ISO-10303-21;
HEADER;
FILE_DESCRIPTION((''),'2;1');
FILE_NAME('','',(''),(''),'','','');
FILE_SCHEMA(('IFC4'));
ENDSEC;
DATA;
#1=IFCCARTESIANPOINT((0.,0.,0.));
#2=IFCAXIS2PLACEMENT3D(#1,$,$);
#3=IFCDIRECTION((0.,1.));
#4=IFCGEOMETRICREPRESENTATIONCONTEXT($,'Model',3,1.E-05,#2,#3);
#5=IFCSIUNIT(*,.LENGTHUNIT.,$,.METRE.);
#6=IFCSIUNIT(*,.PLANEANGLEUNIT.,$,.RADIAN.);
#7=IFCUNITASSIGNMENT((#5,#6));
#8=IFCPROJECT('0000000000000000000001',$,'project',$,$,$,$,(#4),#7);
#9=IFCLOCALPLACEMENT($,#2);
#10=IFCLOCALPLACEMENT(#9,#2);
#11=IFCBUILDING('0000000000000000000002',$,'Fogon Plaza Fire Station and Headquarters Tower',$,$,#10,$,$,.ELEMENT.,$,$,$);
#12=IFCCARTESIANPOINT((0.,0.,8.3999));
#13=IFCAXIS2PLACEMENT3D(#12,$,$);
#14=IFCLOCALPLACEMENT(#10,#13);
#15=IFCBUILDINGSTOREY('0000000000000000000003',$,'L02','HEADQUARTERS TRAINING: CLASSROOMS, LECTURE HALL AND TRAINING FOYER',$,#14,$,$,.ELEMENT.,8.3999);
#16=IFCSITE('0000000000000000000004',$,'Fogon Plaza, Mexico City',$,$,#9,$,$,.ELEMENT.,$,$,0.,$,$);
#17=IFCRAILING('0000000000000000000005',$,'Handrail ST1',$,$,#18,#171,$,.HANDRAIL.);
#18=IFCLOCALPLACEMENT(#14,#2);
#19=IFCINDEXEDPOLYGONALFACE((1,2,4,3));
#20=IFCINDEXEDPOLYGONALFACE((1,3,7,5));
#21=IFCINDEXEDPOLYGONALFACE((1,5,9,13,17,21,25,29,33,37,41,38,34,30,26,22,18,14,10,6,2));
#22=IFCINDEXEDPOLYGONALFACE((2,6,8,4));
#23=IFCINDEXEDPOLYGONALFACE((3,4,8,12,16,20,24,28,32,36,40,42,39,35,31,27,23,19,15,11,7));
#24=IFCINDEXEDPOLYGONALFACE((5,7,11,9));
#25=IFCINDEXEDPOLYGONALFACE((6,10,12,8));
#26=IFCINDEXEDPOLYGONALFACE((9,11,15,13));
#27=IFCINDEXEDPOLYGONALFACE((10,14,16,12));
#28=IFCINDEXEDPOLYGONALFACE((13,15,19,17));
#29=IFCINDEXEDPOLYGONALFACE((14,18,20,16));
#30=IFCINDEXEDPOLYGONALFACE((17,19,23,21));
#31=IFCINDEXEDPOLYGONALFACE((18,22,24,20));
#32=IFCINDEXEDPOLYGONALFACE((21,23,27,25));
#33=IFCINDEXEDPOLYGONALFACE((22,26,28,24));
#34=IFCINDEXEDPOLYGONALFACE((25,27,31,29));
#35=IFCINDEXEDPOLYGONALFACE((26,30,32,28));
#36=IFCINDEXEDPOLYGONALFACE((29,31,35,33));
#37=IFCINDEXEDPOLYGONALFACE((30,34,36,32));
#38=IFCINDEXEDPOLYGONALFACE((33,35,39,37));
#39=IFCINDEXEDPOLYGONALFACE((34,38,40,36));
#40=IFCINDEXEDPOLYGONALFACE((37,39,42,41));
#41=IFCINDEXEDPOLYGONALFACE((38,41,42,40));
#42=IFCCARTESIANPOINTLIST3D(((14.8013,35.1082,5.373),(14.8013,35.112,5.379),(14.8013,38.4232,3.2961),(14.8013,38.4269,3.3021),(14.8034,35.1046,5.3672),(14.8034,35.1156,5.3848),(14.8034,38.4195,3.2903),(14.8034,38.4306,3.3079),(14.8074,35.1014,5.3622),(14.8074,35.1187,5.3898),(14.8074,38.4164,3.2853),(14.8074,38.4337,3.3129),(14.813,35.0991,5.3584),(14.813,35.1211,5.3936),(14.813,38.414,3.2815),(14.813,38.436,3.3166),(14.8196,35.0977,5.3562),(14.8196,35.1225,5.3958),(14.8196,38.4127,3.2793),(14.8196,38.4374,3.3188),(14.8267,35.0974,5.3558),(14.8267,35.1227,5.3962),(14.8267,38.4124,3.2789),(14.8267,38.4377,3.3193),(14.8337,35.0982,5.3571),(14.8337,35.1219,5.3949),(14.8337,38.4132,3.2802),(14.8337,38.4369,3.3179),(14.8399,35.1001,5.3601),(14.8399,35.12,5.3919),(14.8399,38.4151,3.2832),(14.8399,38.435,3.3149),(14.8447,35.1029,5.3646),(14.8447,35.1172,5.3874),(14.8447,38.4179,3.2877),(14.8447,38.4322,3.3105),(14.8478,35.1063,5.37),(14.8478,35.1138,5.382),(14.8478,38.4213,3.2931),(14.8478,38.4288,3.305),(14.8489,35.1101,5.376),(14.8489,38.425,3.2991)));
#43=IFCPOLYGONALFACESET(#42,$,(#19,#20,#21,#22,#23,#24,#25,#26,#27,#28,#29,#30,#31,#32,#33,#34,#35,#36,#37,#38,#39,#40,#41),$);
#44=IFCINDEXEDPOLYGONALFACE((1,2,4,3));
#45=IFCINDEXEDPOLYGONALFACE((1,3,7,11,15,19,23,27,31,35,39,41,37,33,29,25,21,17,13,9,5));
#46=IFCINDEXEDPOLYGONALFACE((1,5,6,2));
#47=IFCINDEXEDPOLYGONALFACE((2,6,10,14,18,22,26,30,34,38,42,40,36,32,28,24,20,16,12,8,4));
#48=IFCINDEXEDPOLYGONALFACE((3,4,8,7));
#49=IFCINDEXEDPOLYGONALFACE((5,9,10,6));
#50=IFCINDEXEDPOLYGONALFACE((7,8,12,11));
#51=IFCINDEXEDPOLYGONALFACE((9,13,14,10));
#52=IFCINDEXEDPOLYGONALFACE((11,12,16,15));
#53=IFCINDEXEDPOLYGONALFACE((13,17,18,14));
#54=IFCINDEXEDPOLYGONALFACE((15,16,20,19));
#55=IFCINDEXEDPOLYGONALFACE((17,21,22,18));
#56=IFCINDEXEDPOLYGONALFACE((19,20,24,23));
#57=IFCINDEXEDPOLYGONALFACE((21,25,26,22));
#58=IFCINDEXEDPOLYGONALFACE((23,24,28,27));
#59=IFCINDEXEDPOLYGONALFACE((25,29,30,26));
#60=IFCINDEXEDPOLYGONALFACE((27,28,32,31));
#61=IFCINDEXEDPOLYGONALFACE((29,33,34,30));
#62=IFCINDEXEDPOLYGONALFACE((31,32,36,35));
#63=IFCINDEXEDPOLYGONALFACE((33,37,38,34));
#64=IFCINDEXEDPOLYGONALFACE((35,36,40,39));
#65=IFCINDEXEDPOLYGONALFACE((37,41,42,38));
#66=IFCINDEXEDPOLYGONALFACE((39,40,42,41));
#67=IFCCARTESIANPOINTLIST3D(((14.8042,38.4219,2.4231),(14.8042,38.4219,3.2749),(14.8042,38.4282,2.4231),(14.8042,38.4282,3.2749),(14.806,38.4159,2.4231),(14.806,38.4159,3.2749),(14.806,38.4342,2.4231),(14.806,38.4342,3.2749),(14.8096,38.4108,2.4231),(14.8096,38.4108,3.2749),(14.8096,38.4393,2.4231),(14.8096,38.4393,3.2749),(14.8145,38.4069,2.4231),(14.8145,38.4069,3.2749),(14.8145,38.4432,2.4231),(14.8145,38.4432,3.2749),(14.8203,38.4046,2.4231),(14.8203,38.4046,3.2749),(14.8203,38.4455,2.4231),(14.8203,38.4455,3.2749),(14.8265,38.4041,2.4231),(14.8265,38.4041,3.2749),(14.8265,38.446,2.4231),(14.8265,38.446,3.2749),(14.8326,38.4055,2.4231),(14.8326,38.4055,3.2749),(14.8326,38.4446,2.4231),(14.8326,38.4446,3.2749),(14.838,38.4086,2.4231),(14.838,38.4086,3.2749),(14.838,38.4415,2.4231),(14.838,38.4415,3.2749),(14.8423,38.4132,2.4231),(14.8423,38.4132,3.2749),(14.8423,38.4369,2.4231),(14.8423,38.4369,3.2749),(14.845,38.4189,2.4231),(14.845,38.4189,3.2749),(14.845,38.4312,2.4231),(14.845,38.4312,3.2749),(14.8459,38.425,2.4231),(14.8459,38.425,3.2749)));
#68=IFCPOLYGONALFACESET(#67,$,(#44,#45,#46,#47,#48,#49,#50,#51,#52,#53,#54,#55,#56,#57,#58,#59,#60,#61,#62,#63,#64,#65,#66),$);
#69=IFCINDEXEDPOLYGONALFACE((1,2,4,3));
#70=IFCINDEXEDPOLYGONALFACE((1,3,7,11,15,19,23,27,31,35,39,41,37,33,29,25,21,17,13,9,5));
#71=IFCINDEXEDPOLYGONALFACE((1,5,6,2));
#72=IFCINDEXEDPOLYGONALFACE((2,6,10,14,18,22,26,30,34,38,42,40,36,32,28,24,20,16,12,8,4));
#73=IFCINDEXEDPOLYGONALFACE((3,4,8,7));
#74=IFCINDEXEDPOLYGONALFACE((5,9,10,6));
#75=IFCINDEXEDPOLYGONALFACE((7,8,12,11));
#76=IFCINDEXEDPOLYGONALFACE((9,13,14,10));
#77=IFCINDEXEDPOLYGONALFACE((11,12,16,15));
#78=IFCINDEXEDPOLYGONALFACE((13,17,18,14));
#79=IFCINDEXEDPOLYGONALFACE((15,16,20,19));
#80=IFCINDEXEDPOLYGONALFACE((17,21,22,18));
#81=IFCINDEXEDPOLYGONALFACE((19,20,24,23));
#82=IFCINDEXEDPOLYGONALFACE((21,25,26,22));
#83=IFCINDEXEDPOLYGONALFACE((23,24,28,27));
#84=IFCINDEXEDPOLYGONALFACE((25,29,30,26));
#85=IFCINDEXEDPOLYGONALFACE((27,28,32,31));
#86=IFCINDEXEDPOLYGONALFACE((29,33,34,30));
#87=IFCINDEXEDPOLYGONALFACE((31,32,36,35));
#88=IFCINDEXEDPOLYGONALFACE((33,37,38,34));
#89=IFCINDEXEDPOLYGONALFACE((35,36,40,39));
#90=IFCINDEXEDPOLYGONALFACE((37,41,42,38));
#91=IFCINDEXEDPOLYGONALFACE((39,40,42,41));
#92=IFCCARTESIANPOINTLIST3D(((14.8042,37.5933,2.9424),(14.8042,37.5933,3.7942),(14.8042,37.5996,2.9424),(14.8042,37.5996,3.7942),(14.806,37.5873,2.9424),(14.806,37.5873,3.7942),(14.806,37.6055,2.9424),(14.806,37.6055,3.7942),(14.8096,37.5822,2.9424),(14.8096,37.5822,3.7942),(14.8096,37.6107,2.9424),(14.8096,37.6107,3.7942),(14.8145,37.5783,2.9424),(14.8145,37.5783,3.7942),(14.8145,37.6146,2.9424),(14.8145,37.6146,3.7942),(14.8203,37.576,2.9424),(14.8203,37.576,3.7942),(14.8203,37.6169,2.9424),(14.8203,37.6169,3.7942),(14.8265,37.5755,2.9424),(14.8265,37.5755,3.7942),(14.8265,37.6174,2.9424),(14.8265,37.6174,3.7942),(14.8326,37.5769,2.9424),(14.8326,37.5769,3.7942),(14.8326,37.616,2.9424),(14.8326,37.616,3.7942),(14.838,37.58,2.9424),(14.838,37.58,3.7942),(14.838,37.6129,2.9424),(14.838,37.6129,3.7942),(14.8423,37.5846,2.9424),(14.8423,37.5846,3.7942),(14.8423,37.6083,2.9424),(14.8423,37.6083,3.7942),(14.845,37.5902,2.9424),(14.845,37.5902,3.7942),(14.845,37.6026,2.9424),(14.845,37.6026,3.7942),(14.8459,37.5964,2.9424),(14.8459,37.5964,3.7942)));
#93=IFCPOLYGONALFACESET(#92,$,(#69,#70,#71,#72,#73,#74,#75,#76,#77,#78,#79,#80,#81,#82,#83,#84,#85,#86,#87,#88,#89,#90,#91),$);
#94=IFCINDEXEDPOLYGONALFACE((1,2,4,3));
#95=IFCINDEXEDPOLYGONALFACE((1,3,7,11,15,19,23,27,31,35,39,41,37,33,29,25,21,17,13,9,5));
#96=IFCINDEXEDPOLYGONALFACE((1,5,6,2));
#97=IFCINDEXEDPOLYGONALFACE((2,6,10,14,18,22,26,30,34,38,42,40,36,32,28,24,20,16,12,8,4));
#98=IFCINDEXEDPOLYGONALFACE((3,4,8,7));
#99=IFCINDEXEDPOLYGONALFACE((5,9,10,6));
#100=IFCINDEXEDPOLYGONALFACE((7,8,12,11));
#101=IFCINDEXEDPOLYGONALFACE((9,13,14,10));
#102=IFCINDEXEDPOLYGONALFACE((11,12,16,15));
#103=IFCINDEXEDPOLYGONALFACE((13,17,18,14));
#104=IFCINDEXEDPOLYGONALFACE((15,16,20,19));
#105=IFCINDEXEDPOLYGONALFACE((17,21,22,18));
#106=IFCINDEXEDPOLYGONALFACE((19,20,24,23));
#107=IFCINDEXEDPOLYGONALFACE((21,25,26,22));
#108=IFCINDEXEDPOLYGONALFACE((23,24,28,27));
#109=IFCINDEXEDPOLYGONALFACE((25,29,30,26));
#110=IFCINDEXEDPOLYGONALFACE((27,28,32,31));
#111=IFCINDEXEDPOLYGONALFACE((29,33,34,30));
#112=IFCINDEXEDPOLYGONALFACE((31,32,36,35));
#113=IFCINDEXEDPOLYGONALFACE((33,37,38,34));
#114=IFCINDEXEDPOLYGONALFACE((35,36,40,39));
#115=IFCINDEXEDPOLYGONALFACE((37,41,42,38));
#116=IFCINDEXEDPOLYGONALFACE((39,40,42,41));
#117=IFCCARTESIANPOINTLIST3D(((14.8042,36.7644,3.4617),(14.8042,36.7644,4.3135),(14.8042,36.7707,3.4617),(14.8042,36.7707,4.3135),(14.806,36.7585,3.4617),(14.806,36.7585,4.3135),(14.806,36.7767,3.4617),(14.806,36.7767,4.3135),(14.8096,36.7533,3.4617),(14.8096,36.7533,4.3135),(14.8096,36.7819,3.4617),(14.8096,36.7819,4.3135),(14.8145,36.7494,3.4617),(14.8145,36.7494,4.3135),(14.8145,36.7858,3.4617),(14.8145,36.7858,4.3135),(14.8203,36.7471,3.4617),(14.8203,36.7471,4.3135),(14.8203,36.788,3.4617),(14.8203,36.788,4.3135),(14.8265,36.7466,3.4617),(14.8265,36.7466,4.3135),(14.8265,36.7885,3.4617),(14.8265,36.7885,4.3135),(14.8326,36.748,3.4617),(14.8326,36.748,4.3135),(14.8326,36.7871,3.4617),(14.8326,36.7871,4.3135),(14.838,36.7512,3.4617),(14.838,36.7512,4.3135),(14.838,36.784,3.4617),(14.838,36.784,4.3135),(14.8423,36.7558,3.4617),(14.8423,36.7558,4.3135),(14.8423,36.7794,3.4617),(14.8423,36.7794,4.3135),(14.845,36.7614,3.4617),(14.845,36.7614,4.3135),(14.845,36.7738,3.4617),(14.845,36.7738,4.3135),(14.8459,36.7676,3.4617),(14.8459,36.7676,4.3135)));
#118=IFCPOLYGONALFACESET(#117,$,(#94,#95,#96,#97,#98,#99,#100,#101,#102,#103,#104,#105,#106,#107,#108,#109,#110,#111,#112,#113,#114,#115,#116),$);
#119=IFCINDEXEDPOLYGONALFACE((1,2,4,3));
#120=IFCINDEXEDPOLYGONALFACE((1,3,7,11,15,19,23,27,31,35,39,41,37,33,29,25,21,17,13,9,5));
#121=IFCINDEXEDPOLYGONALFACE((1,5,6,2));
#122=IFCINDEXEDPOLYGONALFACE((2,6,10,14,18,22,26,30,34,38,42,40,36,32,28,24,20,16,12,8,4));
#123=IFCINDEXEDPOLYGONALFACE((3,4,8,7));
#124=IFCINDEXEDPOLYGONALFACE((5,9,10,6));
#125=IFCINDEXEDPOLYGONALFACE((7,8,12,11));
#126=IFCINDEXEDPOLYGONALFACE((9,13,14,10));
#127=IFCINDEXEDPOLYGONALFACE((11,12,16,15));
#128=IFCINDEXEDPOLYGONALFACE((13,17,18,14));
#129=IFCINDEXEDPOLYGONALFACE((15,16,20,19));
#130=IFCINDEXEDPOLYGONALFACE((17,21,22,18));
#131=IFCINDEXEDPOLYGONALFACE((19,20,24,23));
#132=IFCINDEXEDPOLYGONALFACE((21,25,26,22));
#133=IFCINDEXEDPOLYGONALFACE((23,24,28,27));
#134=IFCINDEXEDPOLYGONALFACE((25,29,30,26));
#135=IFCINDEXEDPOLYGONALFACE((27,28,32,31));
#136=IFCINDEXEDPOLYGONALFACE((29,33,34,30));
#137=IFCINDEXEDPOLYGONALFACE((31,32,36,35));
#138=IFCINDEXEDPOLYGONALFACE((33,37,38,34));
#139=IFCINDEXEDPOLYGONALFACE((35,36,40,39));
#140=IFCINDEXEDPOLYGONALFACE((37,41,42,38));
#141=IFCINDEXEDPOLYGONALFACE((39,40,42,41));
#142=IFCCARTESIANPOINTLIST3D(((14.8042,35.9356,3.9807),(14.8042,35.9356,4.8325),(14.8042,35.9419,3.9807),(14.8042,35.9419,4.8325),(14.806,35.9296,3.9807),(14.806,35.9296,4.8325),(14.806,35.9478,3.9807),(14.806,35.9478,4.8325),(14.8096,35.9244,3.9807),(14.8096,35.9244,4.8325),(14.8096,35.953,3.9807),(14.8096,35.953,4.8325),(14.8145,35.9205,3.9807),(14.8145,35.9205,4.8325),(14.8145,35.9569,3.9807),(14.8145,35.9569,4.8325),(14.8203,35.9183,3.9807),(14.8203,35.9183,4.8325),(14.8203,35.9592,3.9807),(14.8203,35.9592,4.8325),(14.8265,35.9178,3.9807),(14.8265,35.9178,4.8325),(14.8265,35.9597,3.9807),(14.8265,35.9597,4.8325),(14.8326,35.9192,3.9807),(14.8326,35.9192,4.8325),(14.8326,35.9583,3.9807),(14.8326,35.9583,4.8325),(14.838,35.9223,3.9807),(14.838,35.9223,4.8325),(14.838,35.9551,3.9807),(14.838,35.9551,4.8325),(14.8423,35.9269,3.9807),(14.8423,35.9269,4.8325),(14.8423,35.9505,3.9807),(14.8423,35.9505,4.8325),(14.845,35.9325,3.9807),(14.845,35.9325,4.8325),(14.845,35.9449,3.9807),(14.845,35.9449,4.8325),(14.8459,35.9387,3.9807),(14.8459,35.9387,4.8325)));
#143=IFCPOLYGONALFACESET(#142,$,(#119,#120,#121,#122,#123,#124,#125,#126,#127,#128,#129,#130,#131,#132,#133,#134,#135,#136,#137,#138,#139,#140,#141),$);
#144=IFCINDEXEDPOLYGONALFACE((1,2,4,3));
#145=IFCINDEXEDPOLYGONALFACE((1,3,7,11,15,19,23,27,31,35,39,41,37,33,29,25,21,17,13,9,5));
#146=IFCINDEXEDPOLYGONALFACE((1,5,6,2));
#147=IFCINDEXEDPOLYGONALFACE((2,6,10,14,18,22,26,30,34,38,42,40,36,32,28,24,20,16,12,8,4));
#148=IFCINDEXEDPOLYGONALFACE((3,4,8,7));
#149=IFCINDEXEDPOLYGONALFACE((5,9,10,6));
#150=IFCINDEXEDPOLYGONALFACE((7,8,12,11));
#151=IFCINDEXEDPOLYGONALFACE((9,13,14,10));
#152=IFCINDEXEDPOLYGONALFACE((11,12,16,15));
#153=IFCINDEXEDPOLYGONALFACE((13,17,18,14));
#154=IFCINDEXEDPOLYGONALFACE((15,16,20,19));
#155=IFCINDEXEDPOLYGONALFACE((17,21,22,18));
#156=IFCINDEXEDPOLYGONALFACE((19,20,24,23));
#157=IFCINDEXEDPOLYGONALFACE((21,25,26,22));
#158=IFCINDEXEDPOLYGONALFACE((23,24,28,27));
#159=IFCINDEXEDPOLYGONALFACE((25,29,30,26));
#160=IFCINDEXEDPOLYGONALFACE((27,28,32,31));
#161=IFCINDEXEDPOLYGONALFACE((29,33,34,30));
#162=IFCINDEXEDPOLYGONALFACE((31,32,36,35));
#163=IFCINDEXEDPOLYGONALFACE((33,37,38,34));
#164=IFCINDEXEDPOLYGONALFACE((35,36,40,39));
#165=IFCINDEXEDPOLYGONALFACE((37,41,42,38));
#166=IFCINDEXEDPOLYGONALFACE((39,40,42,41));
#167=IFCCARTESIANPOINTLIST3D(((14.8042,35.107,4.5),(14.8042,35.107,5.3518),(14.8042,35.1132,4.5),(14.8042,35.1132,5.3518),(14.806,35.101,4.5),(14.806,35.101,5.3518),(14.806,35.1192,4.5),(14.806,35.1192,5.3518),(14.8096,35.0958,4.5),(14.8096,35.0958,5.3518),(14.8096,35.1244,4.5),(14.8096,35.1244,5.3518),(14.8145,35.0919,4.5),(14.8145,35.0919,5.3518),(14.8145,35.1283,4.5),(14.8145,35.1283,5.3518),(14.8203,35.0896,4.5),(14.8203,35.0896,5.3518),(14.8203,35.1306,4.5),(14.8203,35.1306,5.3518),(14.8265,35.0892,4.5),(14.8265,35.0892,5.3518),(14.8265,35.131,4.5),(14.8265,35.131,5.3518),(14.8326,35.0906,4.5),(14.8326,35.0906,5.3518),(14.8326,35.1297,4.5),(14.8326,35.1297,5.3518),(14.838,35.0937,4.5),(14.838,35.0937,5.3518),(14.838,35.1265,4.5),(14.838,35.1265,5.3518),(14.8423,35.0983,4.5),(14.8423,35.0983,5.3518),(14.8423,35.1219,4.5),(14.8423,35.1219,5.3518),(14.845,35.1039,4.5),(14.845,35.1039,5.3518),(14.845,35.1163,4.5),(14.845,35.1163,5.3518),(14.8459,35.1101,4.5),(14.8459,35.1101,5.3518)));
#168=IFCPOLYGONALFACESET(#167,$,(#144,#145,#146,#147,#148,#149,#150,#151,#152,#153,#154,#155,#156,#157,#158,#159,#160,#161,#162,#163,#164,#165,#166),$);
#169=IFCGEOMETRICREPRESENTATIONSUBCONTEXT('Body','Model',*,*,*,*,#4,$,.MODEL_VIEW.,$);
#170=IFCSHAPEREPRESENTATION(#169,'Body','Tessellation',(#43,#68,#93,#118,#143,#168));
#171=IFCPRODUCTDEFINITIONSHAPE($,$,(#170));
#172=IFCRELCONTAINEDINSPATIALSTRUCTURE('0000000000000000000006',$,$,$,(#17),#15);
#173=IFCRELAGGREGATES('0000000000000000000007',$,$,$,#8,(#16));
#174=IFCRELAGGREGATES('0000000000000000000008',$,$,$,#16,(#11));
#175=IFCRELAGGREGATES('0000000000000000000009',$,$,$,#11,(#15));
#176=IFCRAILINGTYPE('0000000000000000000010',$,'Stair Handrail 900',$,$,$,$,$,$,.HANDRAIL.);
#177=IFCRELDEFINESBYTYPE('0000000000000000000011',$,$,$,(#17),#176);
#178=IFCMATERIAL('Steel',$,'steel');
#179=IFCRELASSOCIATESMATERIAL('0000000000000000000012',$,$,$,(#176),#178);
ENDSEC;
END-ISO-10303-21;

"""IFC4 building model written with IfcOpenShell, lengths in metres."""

from ifc_helpers import new_model, si_unit, direction, frame, origin, origin_2d, place, context, subcontext, project, spatial, circle, extrude, material, type_object, element, save


model = new_model("IFC4")

# Units and contexts
model_context = context("Model", 3, precision=1e-05, world=origin(), true_north=direction((0.0, 1.0)))
body_context = subcontext(model_context, "Body", "Model", "MODEL_VIEW")
ifc_project = project(units=[si_unit("LENGTHUNIT", "METRE"), si_unit("PLANEANGLEUNIT", "RADIAN")], contexts=[model_context])

# Site, building, storey
site_placement = place(None, origin())
site = spatial("IfcSite", under=ifc_project, at=site_placement, Name="Fogon Plaza, Mexico City", CompositionType="ELEMENT", RefElevation=0.0)
building_placement = place(site_placement, origin())
building = spatial("IfcBuilding", under=site, at=building_placement, Name="Fogon Plaza Fire Station and Headquarters Tower", CompositionType="ELEMENT")
storey_placement = place(building_placement, frame((0.0, 0.0, 8.3999)))
storey = spatial("IfcBuildingStorey", under=building, at=storey_placement, Name="L02", Description="HEADQUARTERS TRAINING: CLASSROOMS, LECTURE HALL AND TRAINING FOYER", CompositionType="ELEMENT", Elevation=8.3999)

# Railing
ifc_material_1 = material(Name="Steel", Category="steel")
railing_type = type_object("IfcRailingType", Name="Stair Handrail 900", PredefinedType="HANDRAIL", material=ifc_material_1)
for number, where, name in (
    (1, (14.825, 38.425, 2.4231), "Handrail ST1"),
):
    element("IfcRailing", number, at=place(storey_placement, frame(where)), inside=storey, type_object=railing_type, Name=name, PredefinedType="HANDRAIL", context=body_context, shape_type="SweptSolid", body=[
        extrude(circle(Radius=0.0239, at=origin_2d()), frame((0.0, 0.0, 0.876), z_axis=(0.0, -0.847416, 0.53093), x_axis=(1.0, 0.0, 0.0)), (0.0, 0.0, 1.0), 3.9119),
        extrude(circle(Radius=0.021, at=origin_2d()), origin(), (0.0, 0.0, 1.0), 0.8518),
        extrude(circle(Radius=0.021, at=origin_2d()), frame((0.0, -0.8286, 0.5193)), (0.0, 0.0, 1.0), 0.8518),
        extrude(circle(Radius=0.021, at=origin_2d()), frame((0.0, -1.6575, 1.0386)), (0.0, 0.0, 1.0), 0.8518),
        extrude(circle(Radius=0.021, at=origin_2d()), frame((0.0, -2.4863, 1.5576)), (0.0, 0.0, 1.0), 0.8518),
        extrude(circle(Radius=0.021, at=origin_2d()), frame((0.0, -3.3149, 2.0769)), (0.0, 0.0, 1.0), 0.8518),
    ])

save(model, "model.ifc")
